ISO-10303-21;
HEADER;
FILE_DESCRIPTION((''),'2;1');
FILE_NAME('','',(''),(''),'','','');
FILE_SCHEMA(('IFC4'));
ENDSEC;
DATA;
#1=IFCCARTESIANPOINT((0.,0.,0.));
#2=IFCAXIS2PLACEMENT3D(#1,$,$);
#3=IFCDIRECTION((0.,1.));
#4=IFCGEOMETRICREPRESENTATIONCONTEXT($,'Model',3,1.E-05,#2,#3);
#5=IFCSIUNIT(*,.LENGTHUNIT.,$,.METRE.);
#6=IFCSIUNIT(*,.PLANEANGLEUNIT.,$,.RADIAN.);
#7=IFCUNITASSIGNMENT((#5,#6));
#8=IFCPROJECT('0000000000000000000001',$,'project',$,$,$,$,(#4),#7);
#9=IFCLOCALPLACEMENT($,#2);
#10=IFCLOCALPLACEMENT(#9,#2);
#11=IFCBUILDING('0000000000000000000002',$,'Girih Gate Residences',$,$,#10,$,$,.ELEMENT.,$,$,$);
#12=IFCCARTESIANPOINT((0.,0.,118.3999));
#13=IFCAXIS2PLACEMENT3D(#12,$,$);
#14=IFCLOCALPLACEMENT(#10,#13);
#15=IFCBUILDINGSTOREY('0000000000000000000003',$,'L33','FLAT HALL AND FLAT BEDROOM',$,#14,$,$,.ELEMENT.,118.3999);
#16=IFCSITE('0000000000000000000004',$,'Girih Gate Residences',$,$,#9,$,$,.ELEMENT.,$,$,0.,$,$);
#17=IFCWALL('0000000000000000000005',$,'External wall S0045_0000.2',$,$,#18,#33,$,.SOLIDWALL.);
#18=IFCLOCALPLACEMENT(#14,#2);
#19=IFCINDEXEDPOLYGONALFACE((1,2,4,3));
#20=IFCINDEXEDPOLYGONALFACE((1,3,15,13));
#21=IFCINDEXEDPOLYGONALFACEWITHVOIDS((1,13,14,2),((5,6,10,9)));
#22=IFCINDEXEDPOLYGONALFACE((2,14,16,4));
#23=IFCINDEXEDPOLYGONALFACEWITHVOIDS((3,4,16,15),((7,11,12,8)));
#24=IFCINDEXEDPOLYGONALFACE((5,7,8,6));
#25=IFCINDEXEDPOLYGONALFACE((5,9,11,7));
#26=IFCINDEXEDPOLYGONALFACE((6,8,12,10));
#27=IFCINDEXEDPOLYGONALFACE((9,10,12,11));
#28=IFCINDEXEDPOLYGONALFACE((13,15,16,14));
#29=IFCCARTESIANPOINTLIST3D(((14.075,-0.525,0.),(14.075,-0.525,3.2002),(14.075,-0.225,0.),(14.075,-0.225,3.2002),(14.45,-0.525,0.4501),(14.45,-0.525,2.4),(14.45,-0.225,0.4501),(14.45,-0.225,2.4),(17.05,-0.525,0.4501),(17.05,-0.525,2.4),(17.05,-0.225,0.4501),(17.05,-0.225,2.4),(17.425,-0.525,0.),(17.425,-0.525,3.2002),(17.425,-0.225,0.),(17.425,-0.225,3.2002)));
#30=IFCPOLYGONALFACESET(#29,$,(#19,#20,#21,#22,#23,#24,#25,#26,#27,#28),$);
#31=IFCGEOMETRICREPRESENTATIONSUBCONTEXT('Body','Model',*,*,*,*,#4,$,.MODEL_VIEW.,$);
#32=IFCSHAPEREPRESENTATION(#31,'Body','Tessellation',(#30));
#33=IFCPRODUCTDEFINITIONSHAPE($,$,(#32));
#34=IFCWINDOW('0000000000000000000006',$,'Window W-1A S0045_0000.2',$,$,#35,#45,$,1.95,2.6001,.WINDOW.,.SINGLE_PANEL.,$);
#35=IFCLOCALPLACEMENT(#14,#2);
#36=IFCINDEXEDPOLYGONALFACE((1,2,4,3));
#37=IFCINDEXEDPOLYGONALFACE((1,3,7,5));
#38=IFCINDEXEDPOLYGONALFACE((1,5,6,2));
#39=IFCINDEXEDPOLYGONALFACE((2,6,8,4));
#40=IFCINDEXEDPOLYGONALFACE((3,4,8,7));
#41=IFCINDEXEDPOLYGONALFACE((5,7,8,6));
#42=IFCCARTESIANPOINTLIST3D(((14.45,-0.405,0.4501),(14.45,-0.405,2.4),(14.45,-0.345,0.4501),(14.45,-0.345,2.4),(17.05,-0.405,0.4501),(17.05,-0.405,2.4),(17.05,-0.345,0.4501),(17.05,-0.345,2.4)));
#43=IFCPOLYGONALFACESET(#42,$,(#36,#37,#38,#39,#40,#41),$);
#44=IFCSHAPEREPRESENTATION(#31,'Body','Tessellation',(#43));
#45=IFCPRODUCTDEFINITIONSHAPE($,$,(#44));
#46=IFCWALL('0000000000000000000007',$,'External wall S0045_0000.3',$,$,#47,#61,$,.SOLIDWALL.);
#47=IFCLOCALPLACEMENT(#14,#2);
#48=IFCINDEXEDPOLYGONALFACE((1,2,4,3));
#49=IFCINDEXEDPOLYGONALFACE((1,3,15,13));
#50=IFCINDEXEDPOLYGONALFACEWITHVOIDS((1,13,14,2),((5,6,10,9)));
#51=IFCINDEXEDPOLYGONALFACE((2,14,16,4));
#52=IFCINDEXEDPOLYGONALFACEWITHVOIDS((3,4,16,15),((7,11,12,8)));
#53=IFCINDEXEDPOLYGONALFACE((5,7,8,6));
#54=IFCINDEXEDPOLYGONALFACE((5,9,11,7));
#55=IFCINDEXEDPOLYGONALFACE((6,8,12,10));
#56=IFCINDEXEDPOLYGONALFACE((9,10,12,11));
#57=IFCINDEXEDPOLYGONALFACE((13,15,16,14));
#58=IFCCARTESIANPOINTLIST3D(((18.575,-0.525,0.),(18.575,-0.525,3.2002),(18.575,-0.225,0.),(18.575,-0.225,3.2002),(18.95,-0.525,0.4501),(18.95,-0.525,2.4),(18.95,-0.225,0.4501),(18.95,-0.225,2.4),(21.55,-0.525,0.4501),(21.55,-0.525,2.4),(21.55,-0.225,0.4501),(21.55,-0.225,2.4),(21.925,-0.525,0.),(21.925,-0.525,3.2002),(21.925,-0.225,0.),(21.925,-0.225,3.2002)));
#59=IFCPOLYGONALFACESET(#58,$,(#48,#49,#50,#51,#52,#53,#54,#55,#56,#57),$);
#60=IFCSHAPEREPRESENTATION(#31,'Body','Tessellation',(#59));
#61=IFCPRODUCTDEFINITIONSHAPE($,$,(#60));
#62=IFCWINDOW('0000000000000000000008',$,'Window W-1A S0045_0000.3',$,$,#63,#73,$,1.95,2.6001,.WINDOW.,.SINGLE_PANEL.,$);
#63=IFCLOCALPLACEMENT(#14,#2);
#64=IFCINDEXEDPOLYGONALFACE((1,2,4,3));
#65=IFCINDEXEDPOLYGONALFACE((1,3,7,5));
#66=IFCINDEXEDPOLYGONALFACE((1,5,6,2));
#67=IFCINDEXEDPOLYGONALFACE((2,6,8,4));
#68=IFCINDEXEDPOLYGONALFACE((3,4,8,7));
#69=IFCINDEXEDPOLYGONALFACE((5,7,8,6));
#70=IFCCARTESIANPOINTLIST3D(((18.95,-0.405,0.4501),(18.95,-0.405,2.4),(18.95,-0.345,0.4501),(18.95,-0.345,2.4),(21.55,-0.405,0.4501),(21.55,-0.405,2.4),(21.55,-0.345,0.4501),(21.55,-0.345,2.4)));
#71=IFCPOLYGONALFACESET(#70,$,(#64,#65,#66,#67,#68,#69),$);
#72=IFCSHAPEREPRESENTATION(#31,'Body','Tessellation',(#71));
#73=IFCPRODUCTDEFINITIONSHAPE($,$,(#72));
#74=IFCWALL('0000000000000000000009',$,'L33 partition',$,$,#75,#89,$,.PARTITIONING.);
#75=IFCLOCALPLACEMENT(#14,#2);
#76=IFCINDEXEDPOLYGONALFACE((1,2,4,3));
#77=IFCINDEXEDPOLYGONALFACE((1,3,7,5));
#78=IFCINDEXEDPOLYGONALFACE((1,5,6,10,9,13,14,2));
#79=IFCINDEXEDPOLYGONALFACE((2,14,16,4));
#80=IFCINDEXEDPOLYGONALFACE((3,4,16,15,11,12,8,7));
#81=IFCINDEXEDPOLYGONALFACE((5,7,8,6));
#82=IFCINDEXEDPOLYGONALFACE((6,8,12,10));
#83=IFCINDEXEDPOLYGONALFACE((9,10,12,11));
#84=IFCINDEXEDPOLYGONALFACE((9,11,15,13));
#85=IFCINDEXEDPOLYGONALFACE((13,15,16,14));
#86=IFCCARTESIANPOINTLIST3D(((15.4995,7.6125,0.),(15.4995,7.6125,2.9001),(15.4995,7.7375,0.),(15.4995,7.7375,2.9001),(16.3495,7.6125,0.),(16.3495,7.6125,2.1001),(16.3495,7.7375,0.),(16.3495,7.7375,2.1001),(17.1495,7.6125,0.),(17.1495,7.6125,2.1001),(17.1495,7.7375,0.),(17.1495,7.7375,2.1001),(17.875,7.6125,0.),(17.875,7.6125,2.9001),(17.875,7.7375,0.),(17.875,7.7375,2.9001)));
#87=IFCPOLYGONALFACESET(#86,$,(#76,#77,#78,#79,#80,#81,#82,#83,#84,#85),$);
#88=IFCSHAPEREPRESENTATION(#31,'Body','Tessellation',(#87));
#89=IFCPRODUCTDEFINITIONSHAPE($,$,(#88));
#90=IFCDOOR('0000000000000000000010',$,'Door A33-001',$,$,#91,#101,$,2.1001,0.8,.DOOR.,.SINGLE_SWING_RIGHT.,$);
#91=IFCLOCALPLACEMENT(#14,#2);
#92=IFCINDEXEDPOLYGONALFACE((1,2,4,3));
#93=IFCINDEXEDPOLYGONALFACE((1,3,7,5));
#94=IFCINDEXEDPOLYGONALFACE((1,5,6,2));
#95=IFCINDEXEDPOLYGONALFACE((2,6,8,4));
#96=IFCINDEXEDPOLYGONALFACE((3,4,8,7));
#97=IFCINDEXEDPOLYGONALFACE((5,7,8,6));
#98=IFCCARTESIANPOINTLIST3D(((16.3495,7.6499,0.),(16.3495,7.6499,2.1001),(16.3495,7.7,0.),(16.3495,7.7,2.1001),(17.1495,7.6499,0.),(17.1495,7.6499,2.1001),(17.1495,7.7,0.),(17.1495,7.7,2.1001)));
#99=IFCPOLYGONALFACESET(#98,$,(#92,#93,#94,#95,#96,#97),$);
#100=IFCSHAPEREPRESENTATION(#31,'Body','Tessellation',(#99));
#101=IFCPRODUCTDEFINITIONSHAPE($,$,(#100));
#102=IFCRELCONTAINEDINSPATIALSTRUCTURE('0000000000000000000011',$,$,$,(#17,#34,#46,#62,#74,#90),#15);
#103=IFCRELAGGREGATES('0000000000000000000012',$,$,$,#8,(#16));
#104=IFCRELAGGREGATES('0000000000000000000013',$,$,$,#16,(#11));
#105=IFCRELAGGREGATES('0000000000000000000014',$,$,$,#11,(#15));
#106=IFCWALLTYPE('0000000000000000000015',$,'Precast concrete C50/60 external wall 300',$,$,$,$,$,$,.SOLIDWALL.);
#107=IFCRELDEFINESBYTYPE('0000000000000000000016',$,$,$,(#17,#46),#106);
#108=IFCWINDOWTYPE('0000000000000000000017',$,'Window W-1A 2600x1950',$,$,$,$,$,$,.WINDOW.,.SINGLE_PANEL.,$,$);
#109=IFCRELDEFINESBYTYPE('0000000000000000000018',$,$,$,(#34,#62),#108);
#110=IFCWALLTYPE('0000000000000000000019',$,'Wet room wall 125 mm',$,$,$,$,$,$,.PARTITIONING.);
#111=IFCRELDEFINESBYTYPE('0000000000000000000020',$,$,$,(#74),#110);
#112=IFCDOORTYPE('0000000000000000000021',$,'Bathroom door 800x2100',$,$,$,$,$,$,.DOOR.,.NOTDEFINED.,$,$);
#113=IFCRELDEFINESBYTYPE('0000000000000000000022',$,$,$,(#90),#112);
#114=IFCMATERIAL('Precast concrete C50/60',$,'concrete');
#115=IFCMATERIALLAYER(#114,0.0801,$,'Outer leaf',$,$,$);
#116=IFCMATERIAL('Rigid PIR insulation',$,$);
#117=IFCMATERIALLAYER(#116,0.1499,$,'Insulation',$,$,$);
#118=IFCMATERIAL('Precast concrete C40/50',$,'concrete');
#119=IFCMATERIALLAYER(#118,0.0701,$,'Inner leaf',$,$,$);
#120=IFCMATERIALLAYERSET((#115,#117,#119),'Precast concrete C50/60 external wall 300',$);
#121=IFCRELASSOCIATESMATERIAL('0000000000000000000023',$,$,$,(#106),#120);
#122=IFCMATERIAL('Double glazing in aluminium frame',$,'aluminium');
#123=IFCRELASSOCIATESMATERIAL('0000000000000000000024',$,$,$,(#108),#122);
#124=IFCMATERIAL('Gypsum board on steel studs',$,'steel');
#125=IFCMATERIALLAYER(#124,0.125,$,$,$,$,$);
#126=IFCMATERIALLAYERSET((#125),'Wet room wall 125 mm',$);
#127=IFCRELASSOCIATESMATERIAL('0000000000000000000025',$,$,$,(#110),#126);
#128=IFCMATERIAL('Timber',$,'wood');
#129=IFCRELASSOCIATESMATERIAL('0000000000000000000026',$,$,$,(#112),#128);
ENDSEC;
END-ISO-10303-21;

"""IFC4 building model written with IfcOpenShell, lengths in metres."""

from ifc_helpers import new_model, si_unit, direction, frame, frame_2d, origin, place, context, subcontext, project, spatial, rectangle, extrude, material, layer, layer_set, type_object, element, fill, save


model = new_model("IFC4")

# Units and contexts
model_context = context("Model", 3, precision=1e-05, world=origin(), true_north=direction((0.0, 1.0)))
body_context = subcontext(model_context, "Body", "Model", "MODEL_VIEW")
ifc_project = project(units=[si_unit("LENGTHUNIT", "METRE"), si_unit("PLANEANGLEUNIT", "RADIAN")], contexts=[model_context])

# Site, building, storey
site_placement = place(None, origin())
site = spatial("IfcSite", under=ifc_project, at=site_placement, Name="Girih Gate Residences", CompositionType="ELEMENT", RefElevation=0.0)
building_placement = place(site_placement, origin())
building = spatial("IfcBuilding", under=site, at=building_placement, Name="Girih Gate Residences", CompositionType="ELEMENT")
storey_placement = place(building_placement, frame((0.0, 0.0, 118.3999)))
storey = spatial("IfcBuildingStorey", under=building, at=storey_placement, Name="L33", Description="FLAT HALL AND FLAT BEDROOM", CompositionType="ELEMENT", Elevation=118.3999)

# Shared definitions
ifc_material_1 = material(Name="Gypsum board on steel studs", Category="steel")

# Shared definitions
ifc_material_2 = material(Name="Timber", Category="wood")

# Walls, openings, windows
ifc_material_3 = material(Name="Precast concrete C50/60", Category="concrete")
ifc_layer_1 = layer(ifc_material_3, 0.0801, Name="Outer leaf")
ifc_material_4 = material(Name="Rigid PIR insulation")
ifc_layer_2 = layer(ifc_material_4, 0.1499, Name="Insulation")
ifc_material_5 = material(Name="Precast concrete C40/50", Category="concrete")
ifc_layer_3 = layer(ifc_material_5, 0.0701, Name="Inner leaf")
ifc_layer_set_1 = layer_set([ifc_layer_1, ifc_layer_2, ifc_layer_3], Name="Precast concrete C50/60 external wall 300")
wall_type_1 = type_object("IfcWallType", Name="Precast concrete C50/60 external wall 300", PredefinedType="SOLIDWALL", material=ifc_layer_set_1)
ifc_material_6 = material(Name="Double glazing in aluminium frame", Category="aluminium")
window_type = type_object("IfcWindowType", Name="Window W-1A 2600x1950", PartitioningType="SINGLE_PANEL", PredefinedType="WINDOW", material=ifc_material_6)
wall_1_placement = place(storey_placement, frame((17.425, -0.375, 0.0), z_axis=(0.0, 0.0, 1.0), x_axis=(-1.0, 0.0, 0.0)))
wall_1 = element("IfcWall", 1, at=wall_1_placement, inside=storey, type_object=wall_type_1, Name="External wall S0045_0000.2", PredefinedType="SOLIDWALL", context=body_context, shape_type="SweptSolid", body=[
    extrude(rectangle(XDim=3.3501, YDim=0.3, at=frame_2d((1.675, 0.0))), origin(), (0.0, 0.0, 1.0), 3.2002),
])
opening_1_placement = place(wall_1_placement, frame((0.375, 0.0, 0.45)))
opening_1 = element("IfcOpeningElement", 2, at=opening_1_placement, cuts=wall_1, PredefinedType="OPENING", context=body_context, shape_type="SweptSolid", body=[
    extrude(rectangle(XDim=2.6001, YDim=1.95, at=frame_2d((1.3, 0.9751))), frame((0.0, 0.1599, 0.0), z_axis=(0.0, -1.0, 0.0), x_axis=(1.0, 0.0, 0.0)), (0.0, 0.0, 1.0), 0.3201),
])
window_1_placement = place(opening_1_placement, origin())
window_1 = element("IfcWindow", 3, at=window_1_placement, inside=storey, type_object=window_type, Name="Window W-1A S0045_0000.2", OverallHeight=1.95, OverallWidth=2.6001, PartitioningType="SINGLE_PANEL", PredefinedType="WINDOW", context=body_context, shape_type="SweptSolid", body=[
    extrude(rectangle(XDim=2.6001, YDim=1.95, at=frame_2d((1.3, 0.9751))), frame((0.0, 0.03, 0.0), z_axis=(0.0, -1.0, 0.0), x_axis=(1.0, 0.0, 0.0)), (0.0, 0.0, 1.0), 0.0601),
])
fill(opening_1, window_1)
wall_2_placement = place(storey_placement, frame((21.925, -0.375, 0.0), z_axis=(0.0, 0.0, 1.0), x_axis=(-1.0, 0.0, 0.0)))
wall_2 = element("IfcWall", 4, at=wall_2_placement, inside=storey, type_object=wall_type_1, Name="External wall S0045_0000.3", PredefinedType="SOLIDWALL", context=body_context, shape_type="SweptSolid", body=[
    extrude(rectangle(XDim=3.3501, YDim=0.3, at=frame_2d((1.675, 0.0))), origin(), (0.0, 0.0, 1.0), 3.2002),
])
opening_2_placement = place(wall_2_placement, frame((0.375, 0.0, 0.45)))
opening_2 = element("IfcOpeningElement", 5, at=opening_2_placement, cuts=wall_2, PredefinedType="OPENING", context=body_context, shape_type="SweptSolid", body=[
    extrude(rectangle(XDim=2.6001, YDim=1.95, at=frame_2d((1.3, 0.9751))), frame((0.0, 0.1599, 0.0), z_axis=(0.0, -1.0, 0.0), x_axis=(1.0, 0.0, 0.0)), (0.0, 0.0, 1.0), 0.3201),
])
window_2_placement = place(opening_2_placement, origin())
window_2 = element("IfcWindow", 6, at=window_2_placement, inside=storey, type_object=window_type, Name="Window W-1A S0045_0000.3", OverallHeight=1.95, OverallWidth=2.6001, PartitioningType="SINGLE_PANEL", PredefinedType="WINDOW", context=body_context, shape_type="SweptSolid", body=[
    extrude(rectangle(XDim=2.6001, YDim=1.95, at=frame_2d((1.3, 0.9751))), frame((0.0, 0.03, 0.0), z_axis=(0.0, -1.0, 0.0), x_axis=(1.0, 0.0, 0.0)), (0.0, 0.0, 1.0), 0.0601),
])
fill(opening_2, window_2)

# Wall, opening, door
ifc_layer_4 = layer(ifc_material_1, 0.125)
ifc_layer_set_2 = layer_set([ifc_layer_4], Name="Wet room wall 125 mm")
wall_type_2 = type_object("IfcWallType", Name="Wet room wall 125 mm", PredefinedType="PARTITIONING", material=ifc_layer_set_2)
wall_3_placement = place(storey_placement, frame((15.4995, 7.675, 0.0), z_axis=(0.0, 0.0, 1.0), x_axis=(1.0, 0.0, 0.0)))
wall_3 = element("IfcWall", 7, at=wall_3_placement, inside=storey, type_object=wall_type_2, Name="L33 partition", PredefinedType="PARTITIONING", context=body_context, shape_type="SweptSolid", body=[
    extrude(rectangle(XDim=2.3755, YDim=0.125, at=frame_2d((1.1877, 0.0))), origin(), (0.0, 0.0, 1.0), 2.9001),
])
opening_3_placement = place(wall_3_placement, frame((0.8501, 0.0, 0.0)))
opening_3 = element("IfcOpeningElement", 8, at=opening_3_placement, cuts=wall_3, PredefinedType="OPENING", context=body_context, shape_type="SweptSolid", body=[
    extrude(rectangle(XDim=0.8, YDim=2.1001, at=frame_2d((0.3999, 1.05))), frame((0.0, 0.0725, 0.0), z_axis=(0.0, -1.0, 0.0), x_axis=(1.0, 0.0, 0.0)), (0.0, 0.0, 1.0), 0.145),
])
door_type_1 = type_object("IfcDoorType", Name="Bathroom door 800x2100", OperationType="NOTDEFINED", PredefinedType="DOOR", material=ifc_material_2)
door_1_placement = place(opening_3_placement, origin())
door_1 = element("IfcDoor", 9, at=door_1_placement, inside=storey, type_object=door_type_1, Name="Door A33-001", OperationType="SINGLE_SWING_RIGHT", OverallHeight=2.1001, OverallWidth=0.8, PredefinedType="DOOR", context=body_context, shape_type="SweptSolid", body=[
    extrude(rectangle(XDim=0.8, YDim=2.1001, at=frame_2d((0.3999, 1.05))), frame((0.0, 0.0249, 0.0), z_axis=(0.0, -1.0, 0.0), x_axis=(1.0, 0.0, 0.0)), (0.0, 0.0, 1.0), 0.05),
])
fill(opening_3, door_1)

save(model, "model.ifc")
